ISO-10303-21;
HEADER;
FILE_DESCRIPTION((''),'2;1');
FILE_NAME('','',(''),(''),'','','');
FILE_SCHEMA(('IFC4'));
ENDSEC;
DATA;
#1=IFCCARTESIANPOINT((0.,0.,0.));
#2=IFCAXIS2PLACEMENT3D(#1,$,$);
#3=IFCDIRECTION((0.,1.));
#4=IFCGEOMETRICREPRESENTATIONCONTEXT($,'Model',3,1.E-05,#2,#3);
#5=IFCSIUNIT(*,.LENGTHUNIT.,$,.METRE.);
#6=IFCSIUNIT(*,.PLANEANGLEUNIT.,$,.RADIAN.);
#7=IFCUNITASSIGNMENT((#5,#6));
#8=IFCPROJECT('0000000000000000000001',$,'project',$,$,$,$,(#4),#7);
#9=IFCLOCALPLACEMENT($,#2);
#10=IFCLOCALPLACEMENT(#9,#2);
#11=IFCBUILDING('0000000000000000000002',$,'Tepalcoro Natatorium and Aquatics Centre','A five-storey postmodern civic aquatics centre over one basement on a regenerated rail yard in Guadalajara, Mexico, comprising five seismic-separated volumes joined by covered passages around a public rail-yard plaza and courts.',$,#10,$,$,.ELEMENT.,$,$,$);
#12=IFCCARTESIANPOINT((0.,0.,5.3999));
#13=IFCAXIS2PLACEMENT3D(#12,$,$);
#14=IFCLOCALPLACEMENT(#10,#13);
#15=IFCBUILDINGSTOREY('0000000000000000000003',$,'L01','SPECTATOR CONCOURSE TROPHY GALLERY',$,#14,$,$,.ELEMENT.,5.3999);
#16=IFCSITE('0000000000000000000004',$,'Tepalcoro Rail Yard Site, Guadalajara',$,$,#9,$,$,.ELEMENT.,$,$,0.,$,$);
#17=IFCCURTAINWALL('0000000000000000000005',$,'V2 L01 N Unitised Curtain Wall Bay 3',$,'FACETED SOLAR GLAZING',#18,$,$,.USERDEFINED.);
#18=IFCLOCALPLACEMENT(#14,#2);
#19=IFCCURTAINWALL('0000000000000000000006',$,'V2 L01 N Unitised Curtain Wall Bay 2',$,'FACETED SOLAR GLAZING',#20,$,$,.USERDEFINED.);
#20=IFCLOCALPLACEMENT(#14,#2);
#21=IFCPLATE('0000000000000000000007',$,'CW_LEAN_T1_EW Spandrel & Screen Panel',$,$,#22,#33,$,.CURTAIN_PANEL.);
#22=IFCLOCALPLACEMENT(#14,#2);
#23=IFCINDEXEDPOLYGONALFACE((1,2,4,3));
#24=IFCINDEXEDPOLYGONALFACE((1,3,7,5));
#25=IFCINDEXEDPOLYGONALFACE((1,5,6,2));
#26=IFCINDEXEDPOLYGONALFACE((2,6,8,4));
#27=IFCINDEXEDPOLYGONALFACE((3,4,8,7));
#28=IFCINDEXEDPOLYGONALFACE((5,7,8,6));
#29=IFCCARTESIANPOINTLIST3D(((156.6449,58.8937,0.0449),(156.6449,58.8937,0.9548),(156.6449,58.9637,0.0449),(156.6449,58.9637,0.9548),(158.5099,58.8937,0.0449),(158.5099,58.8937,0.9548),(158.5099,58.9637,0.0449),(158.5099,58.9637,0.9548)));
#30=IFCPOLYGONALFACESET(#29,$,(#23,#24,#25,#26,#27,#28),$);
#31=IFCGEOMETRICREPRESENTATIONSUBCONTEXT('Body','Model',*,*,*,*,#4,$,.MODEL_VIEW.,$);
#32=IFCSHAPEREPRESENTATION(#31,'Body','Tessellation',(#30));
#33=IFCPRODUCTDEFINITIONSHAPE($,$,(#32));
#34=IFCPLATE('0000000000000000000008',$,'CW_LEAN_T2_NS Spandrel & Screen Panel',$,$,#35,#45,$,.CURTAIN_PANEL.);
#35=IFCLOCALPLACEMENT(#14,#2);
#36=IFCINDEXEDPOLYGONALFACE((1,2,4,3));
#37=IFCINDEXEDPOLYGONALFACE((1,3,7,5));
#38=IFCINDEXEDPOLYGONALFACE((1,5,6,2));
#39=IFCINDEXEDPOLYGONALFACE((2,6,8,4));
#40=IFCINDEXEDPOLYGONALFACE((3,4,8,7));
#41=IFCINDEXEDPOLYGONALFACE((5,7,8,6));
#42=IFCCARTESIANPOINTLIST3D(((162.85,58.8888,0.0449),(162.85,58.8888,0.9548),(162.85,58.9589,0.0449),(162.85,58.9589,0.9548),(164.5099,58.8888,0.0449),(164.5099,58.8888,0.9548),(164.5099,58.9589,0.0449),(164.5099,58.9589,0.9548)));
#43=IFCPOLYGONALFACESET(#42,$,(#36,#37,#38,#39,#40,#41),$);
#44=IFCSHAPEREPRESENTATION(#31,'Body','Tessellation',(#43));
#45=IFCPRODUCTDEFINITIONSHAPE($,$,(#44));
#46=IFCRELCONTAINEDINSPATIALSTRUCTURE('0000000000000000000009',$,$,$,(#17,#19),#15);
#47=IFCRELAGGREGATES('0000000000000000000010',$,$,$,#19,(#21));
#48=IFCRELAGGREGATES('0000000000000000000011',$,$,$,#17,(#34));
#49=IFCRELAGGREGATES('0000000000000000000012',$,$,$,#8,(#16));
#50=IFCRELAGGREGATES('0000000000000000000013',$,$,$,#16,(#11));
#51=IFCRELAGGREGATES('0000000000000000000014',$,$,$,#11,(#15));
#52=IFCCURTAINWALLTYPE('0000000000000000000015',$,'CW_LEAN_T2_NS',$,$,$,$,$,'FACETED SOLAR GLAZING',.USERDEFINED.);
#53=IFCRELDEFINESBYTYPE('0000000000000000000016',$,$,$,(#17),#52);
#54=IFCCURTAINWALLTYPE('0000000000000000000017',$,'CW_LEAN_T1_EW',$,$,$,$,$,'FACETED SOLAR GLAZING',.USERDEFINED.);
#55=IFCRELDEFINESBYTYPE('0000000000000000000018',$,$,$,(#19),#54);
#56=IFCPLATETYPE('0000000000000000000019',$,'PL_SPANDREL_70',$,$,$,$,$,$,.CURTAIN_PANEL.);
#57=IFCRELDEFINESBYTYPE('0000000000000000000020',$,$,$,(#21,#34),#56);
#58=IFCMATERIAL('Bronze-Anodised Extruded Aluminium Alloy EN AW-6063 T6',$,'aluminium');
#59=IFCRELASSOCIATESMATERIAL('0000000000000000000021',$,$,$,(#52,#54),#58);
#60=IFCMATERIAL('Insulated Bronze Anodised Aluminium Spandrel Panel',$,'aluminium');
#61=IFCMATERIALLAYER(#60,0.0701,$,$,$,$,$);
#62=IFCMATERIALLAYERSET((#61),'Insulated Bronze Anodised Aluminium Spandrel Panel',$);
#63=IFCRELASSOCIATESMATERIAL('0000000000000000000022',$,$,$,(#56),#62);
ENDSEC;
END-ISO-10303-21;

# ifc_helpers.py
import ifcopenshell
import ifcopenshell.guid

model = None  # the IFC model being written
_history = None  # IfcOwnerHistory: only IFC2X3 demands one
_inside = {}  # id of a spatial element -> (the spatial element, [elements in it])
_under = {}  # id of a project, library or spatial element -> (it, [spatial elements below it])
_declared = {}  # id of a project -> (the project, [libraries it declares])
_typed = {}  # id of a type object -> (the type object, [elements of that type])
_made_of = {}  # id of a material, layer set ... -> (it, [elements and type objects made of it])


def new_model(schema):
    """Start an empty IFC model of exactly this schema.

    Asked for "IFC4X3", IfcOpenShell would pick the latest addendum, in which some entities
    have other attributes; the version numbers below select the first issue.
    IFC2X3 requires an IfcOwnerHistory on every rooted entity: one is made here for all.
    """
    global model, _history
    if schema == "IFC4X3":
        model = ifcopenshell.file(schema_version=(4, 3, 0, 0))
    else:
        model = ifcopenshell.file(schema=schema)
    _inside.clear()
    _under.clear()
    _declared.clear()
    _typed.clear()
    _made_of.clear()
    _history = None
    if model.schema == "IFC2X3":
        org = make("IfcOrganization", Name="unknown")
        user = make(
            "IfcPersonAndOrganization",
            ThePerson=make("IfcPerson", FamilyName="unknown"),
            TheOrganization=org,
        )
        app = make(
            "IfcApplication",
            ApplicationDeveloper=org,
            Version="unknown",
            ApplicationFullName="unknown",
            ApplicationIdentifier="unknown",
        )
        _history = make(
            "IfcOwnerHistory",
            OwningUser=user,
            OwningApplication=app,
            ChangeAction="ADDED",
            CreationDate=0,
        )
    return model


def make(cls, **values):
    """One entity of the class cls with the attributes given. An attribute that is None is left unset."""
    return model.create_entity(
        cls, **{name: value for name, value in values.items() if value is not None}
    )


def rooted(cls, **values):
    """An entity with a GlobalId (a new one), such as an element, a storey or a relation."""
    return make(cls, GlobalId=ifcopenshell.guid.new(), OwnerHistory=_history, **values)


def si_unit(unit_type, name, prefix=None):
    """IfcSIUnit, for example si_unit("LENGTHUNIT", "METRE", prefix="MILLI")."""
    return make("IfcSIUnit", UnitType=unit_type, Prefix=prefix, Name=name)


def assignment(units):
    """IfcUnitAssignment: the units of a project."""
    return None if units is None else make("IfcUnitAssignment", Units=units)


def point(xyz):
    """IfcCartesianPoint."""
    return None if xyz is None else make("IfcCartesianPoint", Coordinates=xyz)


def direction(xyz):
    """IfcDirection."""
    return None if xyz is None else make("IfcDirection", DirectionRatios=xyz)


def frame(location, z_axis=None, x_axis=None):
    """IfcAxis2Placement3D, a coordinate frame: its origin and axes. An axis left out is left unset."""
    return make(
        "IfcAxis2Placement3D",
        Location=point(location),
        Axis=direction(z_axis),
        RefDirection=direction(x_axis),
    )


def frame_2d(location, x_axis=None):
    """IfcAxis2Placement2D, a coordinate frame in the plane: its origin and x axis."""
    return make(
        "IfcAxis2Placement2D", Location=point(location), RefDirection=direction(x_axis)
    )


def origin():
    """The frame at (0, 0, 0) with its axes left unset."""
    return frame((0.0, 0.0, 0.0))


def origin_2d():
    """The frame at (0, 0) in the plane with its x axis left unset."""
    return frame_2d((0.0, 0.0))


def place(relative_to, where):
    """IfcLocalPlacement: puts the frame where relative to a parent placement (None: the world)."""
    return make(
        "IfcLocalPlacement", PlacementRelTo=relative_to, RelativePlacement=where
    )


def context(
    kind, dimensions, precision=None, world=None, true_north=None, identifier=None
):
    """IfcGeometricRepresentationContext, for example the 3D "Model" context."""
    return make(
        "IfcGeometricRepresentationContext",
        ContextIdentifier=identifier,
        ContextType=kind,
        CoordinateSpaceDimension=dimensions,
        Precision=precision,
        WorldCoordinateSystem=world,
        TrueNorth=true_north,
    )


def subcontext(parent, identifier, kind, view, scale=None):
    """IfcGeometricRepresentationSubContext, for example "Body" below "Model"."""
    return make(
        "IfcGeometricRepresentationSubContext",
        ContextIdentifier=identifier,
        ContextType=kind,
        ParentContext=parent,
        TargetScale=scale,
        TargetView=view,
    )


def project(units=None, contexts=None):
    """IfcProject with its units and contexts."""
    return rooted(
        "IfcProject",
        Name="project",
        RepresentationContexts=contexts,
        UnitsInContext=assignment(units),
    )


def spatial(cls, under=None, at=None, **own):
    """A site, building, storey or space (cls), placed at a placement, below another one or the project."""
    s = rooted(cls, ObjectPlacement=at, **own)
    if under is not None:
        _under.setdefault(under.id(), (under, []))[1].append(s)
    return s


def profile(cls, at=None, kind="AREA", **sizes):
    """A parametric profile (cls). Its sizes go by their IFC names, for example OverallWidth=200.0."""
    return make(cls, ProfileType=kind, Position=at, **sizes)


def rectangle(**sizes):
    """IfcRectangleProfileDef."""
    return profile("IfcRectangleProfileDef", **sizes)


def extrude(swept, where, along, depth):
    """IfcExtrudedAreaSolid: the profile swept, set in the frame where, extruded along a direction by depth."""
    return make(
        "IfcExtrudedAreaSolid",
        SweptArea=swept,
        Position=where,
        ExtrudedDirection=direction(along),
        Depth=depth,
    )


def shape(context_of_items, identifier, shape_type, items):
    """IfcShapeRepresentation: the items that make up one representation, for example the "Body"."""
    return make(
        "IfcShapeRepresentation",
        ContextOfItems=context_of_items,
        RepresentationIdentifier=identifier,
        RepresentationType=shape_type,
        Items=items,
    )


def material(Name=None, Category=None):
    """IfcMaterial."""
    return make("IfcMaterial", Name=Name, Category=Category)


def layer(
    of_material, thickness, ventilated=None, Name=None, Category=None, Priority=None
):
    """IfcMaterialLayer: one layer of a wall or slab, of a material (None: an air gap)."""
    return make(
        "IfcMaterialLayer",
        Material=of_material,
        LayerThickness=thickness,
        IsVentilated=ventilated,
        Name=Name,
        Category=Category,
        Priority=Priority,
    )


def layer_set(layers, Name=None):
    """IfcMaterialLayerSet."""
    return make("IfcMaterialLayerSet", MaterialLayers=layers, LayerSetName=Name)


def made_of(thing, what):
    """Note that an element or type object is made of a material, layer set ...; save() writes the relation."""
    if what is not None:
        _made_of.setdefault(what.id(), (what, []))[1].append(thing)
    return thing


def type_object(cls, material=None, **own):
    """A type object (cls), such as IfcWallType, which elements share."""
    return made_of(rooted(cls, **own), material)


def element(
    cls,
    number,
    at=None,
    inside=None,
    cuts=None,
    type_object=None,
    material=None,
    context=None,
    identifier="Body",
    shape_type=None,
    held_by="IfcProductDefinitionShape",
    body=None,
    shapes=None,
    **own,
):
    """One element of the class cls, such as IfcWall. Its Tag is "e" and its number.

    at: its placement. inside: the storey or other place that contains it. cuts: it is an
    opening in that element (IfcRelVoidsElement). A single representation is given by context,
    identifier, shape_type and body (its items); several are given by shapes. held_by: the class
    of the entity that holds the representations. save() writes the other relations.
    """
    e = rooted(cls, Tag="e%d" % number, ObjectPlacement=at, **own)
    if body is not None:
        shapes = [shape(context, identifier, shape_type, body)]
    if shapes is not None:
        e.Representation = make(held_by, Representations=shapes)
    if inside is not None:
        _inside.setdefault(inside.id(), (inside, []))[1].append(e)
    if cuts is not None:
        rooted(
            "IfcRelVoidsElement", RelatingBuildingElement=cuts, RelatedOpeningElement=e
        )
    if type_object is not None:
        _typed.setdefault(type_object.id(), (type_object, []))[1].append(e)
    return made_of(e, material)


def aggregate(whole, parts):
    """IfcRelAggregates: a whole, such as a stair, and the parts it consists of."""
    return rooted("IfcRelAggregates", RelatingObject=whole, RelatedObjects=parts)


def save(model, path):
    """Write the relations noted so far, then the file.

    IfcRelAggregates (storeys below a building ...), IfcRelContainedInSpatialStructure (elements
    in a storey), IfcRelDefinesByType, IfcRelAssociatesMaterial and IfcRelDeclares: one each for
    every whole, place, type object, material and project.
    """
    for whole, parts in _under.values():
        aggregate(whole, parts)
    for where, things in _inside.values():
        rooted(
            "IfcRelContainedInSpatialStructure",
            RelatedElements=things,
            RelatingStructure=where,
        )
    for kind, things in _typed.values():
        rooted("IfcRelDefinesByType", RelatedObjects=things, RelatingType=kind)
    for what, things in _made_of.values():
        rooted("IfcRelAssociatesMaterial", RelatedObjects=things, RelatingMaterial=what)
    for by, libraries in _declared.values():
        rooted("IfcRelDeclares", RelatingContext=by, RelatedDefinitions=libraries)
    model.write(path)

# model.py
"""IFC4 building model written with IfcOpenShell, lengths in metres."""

from ifc_helpers import new_model, si_unit, direction, frame, origin, origin_2d, place, context, subcontext, project, spatial, rectangle, extrude, material, layer, layer_set, type_object, element, aggregate, save


model = new_model("IFC4")

# Units and contexts
model_context = context("Model", 3, precision=1e-05, world=origin(), true_north=direction((0.0, 1.0)))
body_context = subcontext(model_context, "Body", "Model", "MODEL_VIEW")
ifc_project = project(units=[si_unit("LENGTHUNIT", "METRE"), si_unit("PLANEANGLEUNIT", "RADIAN")], contexts=[model_context])

# Site, building, storey
site_placement = place(None, origin())
site = spatial("IfcSite", under=ifc_project, at=site_placement, Name="Tepalcoro Rail Yard Site, Guadalajara", CompositionType="ELEMENT", RefElevation=0.0)
building_placement = place(site_placement, origin())
building = spatial("IfcBuilding", under=site, at=building_placement, Name="Tepalcoro Natatorium and Aquatics Centre", Description="A five-storey postmodern civic aquatics centre over one basement on a regenerated rail yard in Guadalajara, Mexico, comprising five seismic-separated volumes joined by covered passages around a public rail-yard plaza and courts.", CompositionType="ELEMENT")
storey_placement = place(building_placement, frame((0.0, 0.0, 5.3999)))
storey = spatial("IfcBuildingStorey", under=building, at=storey_placement, Name="L01", Description="SPECTATOR CONCOURSE TROPHY GALLERY", CompositionType="ELEMENT", Elevation=5.3999)

# Curtain walls
ifc_material_1 = material(Name="Bronze-Anodised Extruded Aluminium Alloy EN AW-6063 T6", Category="aluminium")
curtain_wall_type_1 = type_object("IfcCurtainWallType", Name="CW_LEAN_T2_NS", ElementType="FACETED SOLAR GLAZING", PredefinedType="USERDEFINED", material=ifc_material_1)
curtain_wall_1_placement = place(storey_placement, origin())
curtain_wall_1 = element("IfcCurtainWall", 1, at=curtain_wall_1_placement, inside=storey, type_object=curtain_wall_type_1, Name="V2 L01 N Unitised Curtain Wall Bay 3", ObjectType="FACETED SOLAR GLAZING", PredefinedType="USERDEFINED")
curtain_wall_type_2 = type_object("IfcCurtainWallType", Name="CW_LEAN_T1_EW", ElementType="FACETED SOLAR GLAZING", PredefinedType="USERDEFINED", material=ifc_material_1)
curtain_wall_2_placement = place(storey_placement, origin())
curtain_wall_2 = element("IfcCurtainWall", 2, at=curtain_wall_2_placement, inside=storey, type_object=curtain_wall_type_2, Name="V2 L01 N Unitised Curtain Wall Bay 2", ObjectType="FACETED SOLAR GLAZING", PredefinedType="USERDEFINED")

# Plates
ifc_material_2 = material(Name="Insulated Bronze Anodised Aluminium Spandrel Panel", Category="aluminium")
ifc_layer_1 = layer(ifc_material_2, 0.0701)
ifc_layer_set_1 = layer_set([ifc_layer_1], Name="Insulated Bronze Anodised Aluminium Spandrel Panel")
plate_type_1 = type_object("IfcPlateType", Name="PL_SPANDREL_70", PredefinedType="CURTAIN_PANEL", material=ifc_layer_set_1)
plate_1_placement = place(storey_placement, frame((157.5774, 58.9287, 0.0449), z_axis=(0.0, 0.0, 1.0), x_axis=(1.0, 0.0, 0.0)))
plate_1 = element("IfcPlate", 3, at=plate_1_placement, type_object=plate_type_1, Name="CW_LEAN_T1_EW Spandrel & Screen Panel", PredefinedType="CURTAIN_PANEL", context=body_context, shape_type="SweptSolid", body=[
    extrude(rectangle(XDim=1.865, YDim=0.0701, at=origin_2d()), origin(), (0.0, 0.0, 1.0), 0.9099),
])
aggregate(curtain_wall_2, [plate_1])
plate_2_placement = place(storey_placement, frame((163.6799, 58.9238, 0.0449), z_axis=(0.0, 0.0, 1.0), x_axis=(1.0, 0.0, 0.0)))
plate_2 = element("IfcPlate", 4, at=plate_2_placement, type_object=plate_type_1, Name="CW_LEAN_T2_NS Spandrel & Screen Panel", PredefinedType="CURTAIN_PANEL", context=body_context, shape_type="SweptSolid", body=[
    extrude(rectangle(XDim=1.6599, YDim=0.0701, at=origin_2d()), origin(), (0.0, 0.0, 1.0), 0.9099),
])
aggregate(curtain_wall_1, [plate_2])

save(model, "model.ifc")
